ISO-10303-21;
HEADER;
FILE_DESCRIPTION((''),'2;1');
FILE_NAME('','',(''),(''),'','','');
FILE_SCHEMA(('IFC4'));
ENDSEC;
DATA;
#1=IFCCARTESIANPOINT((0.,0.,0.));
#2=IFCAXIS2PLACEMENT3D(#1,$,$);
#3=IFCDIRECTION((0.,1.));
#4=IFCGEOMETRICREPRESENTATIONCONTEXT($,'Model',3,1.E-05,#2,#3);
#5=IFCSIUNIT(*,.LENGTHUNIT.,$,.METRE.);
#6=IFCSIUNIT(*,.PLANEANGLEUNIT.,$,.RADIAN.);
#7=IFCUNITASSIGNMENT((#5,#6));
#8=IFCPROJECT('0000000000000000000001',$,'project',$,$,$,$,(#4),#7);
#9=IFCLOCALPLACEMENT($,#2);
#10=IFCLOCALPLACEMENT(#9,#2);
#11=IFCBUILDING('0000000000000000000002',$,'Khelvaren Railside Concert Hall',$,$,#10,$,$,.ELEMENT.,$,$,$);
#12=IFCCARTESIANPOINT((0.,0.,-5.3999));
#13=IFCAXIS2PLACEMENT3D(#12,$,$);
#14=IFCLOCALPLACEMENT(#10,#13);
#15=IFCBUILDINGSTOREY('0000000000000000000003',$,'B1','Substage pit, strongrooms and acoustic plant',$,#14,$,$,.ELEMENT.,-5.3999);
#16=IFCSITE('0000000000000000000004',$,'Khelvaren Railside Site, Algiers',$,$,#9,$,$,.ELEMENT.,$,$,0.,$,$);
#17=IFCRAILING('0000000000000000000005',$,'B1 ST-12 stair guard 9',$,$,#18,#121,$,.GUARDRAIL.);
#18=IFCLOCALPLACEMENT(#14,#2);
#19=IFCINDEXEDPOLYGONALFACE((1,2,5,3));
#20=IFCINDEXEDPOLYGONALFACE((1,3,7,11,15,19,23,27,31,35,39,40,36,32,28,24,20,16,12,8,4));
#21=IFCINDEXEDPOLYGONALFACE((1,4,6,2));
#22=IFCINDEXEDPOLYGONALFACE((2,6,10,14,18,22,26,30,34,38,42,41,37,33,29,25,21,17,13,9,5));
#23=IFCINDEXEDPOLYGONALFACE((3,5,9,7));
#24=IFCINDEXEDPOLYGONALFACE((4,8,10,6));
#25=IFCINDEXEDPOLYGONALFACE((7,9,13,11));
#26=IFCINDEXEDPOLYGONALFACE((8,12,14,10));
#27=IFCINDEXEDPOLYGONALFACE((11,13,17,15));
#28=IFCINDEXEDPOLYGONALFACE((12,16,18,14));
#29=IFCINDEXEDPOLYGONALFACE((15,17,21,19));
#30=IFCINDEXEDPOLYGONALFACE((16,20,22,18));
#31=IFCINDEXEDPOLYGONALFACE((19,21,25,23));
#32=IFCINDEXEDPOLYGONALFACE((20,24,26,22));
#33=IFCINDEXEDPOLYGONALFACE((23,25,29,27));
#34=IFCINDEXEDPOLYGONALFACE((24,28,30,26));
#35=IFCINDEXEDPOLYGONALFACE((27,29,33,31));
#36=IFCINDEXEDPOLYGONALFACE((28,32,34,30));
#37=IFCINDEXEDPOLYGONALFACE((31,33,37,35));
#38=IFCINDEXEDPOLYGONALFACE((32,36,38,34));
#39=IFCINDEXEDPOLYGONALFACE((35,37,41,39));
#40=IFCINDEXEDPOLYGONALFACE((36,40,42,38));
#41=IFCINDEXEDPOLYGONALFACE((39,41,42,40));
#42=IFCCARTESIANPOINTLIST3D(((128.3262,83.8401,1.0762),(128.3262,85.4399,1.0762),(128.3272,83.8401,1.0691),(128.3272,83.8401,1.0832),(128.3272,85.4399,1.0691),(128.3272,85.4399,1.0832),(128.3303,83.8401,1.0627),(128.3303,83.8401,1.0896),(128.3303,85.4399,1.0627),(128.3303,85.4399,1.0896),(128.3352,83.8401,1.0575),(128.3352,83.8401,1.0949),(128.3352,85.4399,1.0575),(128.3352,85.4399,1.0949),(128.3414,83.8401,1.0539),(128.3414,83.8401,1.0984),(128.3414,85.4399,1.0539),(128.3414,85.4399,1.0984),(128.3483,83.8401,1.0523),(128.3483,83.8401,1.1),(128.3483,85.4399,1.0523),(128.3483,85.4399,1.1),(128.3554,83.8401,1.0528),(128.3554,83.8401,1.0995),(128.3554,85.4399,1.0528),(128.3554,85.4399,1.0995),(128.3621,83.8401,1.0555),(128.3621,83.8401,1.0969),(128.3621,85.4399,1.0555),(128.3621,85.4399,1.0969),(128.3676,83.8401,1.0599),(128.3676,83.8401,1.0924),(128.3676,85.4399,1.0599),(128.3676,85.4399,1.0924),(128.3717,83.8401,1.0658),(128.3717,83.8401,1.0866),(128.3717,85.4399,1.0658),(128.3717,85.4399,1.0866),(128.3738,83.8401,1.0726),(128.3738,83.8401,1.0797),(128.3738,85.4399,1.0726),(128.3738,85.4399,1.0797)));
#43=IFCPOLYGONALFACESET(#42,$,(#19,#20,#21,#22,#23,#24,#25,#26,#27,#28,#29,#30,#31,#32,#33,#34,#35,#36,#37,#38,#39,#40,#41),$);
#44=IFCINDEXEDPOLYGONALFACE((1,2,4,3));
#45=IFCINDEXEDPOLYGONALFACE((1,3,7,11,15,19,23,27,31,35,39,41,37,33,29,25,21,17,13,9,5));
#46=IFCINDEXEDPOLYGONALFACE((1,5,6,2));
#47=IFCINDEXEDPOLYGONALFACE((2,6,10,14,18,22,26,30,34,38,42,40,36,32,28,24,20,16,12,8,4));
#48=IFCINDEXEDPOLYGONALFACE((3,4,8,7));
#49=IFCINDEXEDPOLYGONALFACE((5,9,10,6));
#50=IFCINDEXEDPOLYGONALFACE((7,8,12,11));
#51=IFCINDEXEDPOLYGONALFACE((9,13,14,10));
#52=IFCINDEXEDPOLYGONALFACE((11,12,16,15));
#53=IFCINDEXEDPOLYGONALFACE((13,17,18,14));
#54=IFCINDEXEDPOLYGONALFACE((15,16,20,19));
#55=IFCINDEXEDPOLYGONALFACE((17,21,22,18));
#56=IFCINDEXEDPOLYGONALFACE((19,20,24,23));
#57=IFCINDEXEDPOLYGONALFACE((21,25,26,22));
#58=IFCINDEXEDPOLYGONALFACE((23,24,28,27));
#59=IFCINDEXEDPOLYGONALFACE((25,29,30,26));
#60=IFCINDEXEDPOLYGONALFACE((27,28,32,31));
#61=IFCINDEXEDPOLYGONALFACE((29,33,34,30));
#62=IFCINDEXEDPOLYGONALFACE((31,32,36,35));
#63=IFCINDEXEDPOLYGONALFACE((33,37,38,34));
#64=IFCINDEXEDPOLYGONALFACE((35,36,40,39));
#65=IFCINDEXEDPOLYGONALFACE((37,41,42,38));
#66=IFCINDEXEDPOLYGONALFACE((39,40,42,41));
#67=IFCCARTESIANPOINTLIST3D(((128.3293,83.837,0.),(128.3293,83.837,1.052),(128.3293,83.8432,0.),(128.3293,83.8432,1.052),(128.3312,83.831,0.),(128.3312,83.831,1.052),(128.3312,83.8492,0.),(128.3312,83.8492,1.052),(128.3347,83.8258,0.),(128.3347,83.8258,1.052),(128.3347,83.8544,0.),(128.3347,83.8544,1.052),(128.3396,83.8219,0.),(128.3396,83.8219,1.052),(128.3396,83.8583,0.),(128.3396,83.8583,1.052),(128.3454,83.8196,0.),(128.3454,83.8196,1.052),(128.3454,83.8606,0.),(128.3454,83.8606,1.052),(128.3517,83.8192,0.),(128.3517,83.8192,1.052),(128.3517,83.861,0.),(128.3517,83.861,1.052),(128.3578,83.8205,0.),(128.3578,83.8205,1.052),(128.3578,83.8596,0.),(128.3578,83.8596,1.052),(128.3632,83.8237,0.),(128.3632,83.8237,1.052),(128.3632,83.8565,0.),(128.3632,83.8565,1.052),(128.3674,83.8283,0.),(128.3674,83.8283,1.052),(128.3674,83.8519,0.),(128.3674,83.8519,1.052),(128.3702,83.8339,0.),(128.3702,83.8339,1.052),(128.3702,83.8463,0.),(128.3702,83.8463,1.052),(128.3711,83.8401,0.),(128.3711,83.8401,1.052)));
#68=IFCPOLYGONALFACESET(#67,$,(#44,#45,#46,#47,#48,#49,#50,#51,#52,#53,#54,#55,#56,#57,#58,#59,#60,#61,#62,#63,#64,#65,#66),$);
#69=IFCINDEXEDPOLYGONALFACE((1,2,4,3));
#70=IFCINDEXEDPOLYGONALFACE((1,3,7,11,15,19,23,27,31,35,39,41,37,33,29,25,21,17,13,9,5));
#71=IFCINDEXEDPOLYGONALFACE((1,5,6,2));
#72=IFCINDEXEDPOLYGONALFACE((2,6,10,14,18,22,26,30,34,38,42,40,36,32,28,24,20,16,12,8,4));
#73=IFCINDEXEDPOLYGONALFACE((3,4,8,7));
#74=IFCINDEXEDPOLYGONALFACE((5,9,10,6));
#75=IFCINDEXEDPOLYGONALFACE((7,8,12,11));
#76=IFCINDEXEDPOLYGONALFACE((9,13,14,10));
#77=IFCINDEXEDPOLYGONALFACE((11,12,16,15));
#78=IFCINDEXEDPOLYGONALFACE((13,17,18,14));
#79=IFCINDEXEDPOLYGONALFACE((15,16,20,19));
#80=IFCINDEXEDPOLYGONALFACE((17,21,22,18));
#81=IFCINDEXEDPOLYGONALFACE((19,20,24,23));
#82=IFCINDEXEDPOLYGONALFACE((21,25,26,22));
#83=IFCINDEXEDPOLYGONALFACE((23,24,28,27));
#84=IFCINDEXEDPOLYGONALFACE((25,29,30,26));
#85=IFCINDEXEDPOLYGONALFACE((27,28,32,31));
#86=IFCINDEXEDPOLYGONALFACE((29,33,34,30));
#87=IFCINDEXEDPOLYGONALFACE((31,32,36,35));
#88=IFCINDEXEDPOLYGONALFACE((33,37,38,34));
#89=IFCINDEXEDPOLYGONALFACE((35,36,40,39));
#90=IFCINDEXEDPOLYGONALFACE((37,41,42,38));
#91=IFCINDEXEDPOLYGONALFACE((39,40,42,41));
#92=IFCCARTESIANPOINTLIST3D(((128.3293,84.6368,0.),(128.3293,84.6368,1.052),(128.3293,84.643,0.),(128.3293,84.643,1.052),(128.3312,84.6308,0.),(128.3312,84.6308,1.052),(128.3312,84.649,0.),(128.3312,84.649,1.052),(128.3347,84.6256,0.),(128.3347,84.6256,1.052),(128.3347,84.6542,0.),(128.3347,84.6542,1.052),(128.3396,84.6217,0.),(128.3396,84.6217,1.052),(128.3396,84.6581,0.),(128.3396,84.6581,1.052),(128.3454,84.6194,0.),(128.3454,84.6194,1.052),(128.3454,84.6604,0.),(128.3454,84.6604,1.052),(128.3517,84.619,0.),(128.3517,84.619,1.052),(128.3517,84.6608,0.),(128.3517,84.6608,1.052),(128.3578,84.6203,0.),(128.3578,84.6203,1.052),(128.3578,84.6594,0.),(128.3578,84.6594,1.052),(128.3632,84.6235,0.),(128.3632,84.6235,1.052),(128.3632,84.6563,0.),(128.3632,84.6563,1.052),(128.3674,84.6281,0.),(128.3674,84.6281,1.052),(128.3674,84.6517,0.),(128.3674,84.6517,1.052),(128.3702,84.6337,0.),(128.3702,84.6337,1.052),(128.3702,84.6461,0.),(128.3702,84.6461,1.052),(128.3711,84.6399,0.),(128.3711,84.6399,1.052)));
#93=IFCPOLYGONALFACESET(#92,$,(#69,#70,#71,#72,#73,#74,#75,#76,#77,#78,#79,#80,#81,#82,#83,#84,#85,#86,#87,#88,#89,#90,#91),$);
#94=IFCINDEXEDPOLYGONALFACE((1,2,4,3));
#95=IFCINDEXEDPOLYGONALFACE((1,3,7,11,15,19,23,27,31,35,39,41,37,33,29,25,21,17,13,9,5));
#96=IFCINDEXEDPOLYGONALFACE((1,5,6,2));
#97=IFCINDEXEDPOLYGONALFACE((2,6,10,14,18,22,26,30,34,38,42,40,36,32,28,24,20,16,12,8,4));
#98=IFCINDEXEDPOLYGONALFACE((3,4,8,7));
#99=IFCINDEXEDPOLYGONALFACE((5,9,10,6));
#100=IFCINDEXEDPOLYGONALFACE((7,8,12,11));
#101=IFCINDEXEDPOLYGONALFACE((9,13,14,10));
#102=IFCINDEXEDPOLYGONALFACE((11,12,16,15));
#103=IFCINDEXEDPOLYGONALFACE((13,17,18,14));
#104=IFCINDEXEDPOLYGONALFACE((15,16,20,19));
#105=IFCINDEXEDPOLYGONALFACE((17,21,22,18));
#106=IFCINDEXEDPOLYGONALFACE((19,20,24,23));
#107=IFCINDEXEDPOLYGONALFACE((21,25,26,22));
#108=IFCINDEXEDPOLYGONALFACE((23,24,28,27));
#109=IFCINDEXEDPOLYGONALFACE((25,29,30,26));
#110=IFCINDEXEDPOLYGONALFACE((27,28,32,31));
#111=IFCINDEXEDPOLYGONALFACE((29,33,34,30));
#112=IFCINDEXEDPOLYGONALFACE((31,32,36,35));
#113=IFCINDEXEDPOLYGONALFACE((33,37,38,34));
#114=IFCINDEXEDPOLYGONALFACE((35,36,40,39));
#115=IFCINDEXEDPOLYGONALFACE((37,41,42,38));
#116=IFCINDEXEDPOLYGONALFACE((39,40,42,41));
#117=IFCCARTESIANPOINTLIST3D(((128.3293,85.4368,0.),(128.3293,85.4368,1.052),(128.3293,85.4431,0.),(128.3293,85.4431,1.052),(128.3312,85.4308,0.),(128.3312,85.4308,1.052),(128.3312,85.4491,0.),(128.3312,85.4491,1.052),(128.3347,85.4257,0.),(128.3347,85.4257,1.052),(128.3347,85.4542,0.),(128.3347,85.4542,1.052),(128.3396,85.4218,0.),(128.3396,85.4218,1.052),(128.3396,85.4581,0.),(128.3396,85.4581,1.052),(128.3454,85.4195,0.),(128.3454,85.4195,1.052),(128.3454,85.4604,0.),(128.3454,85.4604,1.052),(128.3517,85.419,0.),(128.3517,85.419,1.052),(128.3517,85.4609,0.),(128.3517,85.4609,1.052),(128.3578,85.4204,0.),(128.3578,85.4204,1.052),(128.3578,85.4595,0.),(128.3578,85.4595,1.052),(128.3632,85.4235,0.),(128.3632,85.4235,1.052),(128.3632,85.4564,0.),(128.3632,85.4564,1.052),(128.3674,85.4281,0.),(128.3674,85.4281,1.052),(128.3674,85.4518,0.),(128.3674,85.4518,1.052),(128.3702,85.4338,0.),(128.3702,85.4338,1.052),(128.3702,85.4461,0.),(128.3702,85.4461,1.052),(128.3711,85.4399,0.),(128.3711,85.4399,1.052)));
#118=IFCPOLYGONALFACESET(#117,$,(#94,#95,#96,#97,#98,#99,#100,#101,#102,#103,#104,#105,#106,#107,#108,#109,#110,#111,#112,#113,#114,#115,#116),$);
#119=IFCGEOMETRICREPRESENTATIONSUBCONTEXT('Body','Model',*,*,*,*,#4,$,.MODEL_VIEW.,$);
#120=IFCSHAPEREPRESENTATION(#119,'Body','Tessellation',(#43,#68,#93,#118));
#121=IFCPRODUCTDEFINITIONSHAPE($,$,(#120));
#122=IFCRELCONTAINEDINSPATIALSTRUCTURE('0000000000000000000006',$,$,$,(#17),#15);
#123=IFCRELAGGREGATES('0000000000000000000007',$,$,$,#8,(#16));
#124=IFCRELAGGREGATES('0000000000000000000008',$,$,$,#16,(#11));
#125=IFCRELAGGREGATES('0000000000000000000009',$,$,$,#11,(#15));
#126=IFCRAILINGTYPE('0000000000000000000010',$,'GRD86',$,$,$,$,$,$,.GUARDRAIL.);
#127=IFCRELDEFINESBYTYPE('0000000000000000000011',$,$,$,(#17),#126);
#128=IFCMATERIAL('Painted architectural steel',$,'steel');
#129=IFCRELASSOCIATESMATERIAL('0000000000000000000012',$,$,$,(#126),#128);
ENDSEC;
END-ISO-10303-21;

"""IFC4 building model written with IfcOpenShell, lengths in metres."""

from ifc_helpers import new_model, si_unit, direction, frame, origin, origin_2d, place, context, subcontext, project, spatial, circle, extrude, material, type_object, element, save


model = new_model("IFC4")

# Units and contexts
model_context = context("Model", 3, precision=1e-05, world=origin(), true_north=direction((0.0, 1.0)))
body_context = subcontext(model_context, "Body", "Model", "MODEL_VIEW")
ifc_project = project(units=[si_unit("LENGTHUNIT", "METRE"), si_unit("PLANEANGLEUNIT", "RADIAN")], contexts=[model_context])

# Site, building, storey
site_placement = place(None, origin())
site = spatial("IfcSite", under=ifc_project, at=site_placement, Name="Khelvaren Railside Site, Algiers", CompositionType="ELEMENT", RefElevation=0.0)
building_placement = place(site_placement, origin())
building = spatial("IfcBuilding", under=site, at=building_placement, Name="Khelvaren Railside Concert Hall", CompositionType="ELEMENT")
storey_placement = place(building_placement, frame((0.0, 0.0, -5.3999)))
storey = spatial("IfcBuildingStorey", under=building, at=storey_placement, Name="B1", Description="Substage pit, strongrooms and acoustic plant", CompositionType="ELEMENT", Elevation=-5.3999)

# Railing
ifc_material_1 = material(Name="Painted architectural steel", Category="steel")
railing_type_1 = type_object("IfcRailingType", Name="GRD86", PredefinedType="GUARDRAIL", material=ifc_material_1)
railing_1_placement = place(storey_placement, frame((128.3501, 83.8401, 0.0)))
element("IfcRailing", 1, at=railing_1_placement, inside=storey, type_object=railing_type_1, Name="B1 ST-12 stair guard 9", PredefinedType="GUARDRAIL", context=body_context, shape_type="SweptSolid", body=[
    extrude(circle(Radius=0.0239, at=origin_2d()), frame((0.0, 0.0, 1.0762), z_axis=(0.0, 1.0, 0.0), x_axis=(-1.0, 0.0, 0.0)), (0.0, 0.0, 1.0), 1.5999),
    extrude(circle(Radius=0.021, at=origin_2d()), origin(), (0.0, 0.0, 1.0), 1.052),
    extrude(circle(Radius=0.021, at=origin_2d()), frame((0.0, 0.7998, 0.0)), (0.0, 0.0, 1.0), 1.052),
    extrude(circle(Radius=0.021, at=origin_2d()), frame((0.0, 1.5999, 0.0)), (0.0, 0.0, 1.0), 1.052),
])

save(model, "model.ifc")
